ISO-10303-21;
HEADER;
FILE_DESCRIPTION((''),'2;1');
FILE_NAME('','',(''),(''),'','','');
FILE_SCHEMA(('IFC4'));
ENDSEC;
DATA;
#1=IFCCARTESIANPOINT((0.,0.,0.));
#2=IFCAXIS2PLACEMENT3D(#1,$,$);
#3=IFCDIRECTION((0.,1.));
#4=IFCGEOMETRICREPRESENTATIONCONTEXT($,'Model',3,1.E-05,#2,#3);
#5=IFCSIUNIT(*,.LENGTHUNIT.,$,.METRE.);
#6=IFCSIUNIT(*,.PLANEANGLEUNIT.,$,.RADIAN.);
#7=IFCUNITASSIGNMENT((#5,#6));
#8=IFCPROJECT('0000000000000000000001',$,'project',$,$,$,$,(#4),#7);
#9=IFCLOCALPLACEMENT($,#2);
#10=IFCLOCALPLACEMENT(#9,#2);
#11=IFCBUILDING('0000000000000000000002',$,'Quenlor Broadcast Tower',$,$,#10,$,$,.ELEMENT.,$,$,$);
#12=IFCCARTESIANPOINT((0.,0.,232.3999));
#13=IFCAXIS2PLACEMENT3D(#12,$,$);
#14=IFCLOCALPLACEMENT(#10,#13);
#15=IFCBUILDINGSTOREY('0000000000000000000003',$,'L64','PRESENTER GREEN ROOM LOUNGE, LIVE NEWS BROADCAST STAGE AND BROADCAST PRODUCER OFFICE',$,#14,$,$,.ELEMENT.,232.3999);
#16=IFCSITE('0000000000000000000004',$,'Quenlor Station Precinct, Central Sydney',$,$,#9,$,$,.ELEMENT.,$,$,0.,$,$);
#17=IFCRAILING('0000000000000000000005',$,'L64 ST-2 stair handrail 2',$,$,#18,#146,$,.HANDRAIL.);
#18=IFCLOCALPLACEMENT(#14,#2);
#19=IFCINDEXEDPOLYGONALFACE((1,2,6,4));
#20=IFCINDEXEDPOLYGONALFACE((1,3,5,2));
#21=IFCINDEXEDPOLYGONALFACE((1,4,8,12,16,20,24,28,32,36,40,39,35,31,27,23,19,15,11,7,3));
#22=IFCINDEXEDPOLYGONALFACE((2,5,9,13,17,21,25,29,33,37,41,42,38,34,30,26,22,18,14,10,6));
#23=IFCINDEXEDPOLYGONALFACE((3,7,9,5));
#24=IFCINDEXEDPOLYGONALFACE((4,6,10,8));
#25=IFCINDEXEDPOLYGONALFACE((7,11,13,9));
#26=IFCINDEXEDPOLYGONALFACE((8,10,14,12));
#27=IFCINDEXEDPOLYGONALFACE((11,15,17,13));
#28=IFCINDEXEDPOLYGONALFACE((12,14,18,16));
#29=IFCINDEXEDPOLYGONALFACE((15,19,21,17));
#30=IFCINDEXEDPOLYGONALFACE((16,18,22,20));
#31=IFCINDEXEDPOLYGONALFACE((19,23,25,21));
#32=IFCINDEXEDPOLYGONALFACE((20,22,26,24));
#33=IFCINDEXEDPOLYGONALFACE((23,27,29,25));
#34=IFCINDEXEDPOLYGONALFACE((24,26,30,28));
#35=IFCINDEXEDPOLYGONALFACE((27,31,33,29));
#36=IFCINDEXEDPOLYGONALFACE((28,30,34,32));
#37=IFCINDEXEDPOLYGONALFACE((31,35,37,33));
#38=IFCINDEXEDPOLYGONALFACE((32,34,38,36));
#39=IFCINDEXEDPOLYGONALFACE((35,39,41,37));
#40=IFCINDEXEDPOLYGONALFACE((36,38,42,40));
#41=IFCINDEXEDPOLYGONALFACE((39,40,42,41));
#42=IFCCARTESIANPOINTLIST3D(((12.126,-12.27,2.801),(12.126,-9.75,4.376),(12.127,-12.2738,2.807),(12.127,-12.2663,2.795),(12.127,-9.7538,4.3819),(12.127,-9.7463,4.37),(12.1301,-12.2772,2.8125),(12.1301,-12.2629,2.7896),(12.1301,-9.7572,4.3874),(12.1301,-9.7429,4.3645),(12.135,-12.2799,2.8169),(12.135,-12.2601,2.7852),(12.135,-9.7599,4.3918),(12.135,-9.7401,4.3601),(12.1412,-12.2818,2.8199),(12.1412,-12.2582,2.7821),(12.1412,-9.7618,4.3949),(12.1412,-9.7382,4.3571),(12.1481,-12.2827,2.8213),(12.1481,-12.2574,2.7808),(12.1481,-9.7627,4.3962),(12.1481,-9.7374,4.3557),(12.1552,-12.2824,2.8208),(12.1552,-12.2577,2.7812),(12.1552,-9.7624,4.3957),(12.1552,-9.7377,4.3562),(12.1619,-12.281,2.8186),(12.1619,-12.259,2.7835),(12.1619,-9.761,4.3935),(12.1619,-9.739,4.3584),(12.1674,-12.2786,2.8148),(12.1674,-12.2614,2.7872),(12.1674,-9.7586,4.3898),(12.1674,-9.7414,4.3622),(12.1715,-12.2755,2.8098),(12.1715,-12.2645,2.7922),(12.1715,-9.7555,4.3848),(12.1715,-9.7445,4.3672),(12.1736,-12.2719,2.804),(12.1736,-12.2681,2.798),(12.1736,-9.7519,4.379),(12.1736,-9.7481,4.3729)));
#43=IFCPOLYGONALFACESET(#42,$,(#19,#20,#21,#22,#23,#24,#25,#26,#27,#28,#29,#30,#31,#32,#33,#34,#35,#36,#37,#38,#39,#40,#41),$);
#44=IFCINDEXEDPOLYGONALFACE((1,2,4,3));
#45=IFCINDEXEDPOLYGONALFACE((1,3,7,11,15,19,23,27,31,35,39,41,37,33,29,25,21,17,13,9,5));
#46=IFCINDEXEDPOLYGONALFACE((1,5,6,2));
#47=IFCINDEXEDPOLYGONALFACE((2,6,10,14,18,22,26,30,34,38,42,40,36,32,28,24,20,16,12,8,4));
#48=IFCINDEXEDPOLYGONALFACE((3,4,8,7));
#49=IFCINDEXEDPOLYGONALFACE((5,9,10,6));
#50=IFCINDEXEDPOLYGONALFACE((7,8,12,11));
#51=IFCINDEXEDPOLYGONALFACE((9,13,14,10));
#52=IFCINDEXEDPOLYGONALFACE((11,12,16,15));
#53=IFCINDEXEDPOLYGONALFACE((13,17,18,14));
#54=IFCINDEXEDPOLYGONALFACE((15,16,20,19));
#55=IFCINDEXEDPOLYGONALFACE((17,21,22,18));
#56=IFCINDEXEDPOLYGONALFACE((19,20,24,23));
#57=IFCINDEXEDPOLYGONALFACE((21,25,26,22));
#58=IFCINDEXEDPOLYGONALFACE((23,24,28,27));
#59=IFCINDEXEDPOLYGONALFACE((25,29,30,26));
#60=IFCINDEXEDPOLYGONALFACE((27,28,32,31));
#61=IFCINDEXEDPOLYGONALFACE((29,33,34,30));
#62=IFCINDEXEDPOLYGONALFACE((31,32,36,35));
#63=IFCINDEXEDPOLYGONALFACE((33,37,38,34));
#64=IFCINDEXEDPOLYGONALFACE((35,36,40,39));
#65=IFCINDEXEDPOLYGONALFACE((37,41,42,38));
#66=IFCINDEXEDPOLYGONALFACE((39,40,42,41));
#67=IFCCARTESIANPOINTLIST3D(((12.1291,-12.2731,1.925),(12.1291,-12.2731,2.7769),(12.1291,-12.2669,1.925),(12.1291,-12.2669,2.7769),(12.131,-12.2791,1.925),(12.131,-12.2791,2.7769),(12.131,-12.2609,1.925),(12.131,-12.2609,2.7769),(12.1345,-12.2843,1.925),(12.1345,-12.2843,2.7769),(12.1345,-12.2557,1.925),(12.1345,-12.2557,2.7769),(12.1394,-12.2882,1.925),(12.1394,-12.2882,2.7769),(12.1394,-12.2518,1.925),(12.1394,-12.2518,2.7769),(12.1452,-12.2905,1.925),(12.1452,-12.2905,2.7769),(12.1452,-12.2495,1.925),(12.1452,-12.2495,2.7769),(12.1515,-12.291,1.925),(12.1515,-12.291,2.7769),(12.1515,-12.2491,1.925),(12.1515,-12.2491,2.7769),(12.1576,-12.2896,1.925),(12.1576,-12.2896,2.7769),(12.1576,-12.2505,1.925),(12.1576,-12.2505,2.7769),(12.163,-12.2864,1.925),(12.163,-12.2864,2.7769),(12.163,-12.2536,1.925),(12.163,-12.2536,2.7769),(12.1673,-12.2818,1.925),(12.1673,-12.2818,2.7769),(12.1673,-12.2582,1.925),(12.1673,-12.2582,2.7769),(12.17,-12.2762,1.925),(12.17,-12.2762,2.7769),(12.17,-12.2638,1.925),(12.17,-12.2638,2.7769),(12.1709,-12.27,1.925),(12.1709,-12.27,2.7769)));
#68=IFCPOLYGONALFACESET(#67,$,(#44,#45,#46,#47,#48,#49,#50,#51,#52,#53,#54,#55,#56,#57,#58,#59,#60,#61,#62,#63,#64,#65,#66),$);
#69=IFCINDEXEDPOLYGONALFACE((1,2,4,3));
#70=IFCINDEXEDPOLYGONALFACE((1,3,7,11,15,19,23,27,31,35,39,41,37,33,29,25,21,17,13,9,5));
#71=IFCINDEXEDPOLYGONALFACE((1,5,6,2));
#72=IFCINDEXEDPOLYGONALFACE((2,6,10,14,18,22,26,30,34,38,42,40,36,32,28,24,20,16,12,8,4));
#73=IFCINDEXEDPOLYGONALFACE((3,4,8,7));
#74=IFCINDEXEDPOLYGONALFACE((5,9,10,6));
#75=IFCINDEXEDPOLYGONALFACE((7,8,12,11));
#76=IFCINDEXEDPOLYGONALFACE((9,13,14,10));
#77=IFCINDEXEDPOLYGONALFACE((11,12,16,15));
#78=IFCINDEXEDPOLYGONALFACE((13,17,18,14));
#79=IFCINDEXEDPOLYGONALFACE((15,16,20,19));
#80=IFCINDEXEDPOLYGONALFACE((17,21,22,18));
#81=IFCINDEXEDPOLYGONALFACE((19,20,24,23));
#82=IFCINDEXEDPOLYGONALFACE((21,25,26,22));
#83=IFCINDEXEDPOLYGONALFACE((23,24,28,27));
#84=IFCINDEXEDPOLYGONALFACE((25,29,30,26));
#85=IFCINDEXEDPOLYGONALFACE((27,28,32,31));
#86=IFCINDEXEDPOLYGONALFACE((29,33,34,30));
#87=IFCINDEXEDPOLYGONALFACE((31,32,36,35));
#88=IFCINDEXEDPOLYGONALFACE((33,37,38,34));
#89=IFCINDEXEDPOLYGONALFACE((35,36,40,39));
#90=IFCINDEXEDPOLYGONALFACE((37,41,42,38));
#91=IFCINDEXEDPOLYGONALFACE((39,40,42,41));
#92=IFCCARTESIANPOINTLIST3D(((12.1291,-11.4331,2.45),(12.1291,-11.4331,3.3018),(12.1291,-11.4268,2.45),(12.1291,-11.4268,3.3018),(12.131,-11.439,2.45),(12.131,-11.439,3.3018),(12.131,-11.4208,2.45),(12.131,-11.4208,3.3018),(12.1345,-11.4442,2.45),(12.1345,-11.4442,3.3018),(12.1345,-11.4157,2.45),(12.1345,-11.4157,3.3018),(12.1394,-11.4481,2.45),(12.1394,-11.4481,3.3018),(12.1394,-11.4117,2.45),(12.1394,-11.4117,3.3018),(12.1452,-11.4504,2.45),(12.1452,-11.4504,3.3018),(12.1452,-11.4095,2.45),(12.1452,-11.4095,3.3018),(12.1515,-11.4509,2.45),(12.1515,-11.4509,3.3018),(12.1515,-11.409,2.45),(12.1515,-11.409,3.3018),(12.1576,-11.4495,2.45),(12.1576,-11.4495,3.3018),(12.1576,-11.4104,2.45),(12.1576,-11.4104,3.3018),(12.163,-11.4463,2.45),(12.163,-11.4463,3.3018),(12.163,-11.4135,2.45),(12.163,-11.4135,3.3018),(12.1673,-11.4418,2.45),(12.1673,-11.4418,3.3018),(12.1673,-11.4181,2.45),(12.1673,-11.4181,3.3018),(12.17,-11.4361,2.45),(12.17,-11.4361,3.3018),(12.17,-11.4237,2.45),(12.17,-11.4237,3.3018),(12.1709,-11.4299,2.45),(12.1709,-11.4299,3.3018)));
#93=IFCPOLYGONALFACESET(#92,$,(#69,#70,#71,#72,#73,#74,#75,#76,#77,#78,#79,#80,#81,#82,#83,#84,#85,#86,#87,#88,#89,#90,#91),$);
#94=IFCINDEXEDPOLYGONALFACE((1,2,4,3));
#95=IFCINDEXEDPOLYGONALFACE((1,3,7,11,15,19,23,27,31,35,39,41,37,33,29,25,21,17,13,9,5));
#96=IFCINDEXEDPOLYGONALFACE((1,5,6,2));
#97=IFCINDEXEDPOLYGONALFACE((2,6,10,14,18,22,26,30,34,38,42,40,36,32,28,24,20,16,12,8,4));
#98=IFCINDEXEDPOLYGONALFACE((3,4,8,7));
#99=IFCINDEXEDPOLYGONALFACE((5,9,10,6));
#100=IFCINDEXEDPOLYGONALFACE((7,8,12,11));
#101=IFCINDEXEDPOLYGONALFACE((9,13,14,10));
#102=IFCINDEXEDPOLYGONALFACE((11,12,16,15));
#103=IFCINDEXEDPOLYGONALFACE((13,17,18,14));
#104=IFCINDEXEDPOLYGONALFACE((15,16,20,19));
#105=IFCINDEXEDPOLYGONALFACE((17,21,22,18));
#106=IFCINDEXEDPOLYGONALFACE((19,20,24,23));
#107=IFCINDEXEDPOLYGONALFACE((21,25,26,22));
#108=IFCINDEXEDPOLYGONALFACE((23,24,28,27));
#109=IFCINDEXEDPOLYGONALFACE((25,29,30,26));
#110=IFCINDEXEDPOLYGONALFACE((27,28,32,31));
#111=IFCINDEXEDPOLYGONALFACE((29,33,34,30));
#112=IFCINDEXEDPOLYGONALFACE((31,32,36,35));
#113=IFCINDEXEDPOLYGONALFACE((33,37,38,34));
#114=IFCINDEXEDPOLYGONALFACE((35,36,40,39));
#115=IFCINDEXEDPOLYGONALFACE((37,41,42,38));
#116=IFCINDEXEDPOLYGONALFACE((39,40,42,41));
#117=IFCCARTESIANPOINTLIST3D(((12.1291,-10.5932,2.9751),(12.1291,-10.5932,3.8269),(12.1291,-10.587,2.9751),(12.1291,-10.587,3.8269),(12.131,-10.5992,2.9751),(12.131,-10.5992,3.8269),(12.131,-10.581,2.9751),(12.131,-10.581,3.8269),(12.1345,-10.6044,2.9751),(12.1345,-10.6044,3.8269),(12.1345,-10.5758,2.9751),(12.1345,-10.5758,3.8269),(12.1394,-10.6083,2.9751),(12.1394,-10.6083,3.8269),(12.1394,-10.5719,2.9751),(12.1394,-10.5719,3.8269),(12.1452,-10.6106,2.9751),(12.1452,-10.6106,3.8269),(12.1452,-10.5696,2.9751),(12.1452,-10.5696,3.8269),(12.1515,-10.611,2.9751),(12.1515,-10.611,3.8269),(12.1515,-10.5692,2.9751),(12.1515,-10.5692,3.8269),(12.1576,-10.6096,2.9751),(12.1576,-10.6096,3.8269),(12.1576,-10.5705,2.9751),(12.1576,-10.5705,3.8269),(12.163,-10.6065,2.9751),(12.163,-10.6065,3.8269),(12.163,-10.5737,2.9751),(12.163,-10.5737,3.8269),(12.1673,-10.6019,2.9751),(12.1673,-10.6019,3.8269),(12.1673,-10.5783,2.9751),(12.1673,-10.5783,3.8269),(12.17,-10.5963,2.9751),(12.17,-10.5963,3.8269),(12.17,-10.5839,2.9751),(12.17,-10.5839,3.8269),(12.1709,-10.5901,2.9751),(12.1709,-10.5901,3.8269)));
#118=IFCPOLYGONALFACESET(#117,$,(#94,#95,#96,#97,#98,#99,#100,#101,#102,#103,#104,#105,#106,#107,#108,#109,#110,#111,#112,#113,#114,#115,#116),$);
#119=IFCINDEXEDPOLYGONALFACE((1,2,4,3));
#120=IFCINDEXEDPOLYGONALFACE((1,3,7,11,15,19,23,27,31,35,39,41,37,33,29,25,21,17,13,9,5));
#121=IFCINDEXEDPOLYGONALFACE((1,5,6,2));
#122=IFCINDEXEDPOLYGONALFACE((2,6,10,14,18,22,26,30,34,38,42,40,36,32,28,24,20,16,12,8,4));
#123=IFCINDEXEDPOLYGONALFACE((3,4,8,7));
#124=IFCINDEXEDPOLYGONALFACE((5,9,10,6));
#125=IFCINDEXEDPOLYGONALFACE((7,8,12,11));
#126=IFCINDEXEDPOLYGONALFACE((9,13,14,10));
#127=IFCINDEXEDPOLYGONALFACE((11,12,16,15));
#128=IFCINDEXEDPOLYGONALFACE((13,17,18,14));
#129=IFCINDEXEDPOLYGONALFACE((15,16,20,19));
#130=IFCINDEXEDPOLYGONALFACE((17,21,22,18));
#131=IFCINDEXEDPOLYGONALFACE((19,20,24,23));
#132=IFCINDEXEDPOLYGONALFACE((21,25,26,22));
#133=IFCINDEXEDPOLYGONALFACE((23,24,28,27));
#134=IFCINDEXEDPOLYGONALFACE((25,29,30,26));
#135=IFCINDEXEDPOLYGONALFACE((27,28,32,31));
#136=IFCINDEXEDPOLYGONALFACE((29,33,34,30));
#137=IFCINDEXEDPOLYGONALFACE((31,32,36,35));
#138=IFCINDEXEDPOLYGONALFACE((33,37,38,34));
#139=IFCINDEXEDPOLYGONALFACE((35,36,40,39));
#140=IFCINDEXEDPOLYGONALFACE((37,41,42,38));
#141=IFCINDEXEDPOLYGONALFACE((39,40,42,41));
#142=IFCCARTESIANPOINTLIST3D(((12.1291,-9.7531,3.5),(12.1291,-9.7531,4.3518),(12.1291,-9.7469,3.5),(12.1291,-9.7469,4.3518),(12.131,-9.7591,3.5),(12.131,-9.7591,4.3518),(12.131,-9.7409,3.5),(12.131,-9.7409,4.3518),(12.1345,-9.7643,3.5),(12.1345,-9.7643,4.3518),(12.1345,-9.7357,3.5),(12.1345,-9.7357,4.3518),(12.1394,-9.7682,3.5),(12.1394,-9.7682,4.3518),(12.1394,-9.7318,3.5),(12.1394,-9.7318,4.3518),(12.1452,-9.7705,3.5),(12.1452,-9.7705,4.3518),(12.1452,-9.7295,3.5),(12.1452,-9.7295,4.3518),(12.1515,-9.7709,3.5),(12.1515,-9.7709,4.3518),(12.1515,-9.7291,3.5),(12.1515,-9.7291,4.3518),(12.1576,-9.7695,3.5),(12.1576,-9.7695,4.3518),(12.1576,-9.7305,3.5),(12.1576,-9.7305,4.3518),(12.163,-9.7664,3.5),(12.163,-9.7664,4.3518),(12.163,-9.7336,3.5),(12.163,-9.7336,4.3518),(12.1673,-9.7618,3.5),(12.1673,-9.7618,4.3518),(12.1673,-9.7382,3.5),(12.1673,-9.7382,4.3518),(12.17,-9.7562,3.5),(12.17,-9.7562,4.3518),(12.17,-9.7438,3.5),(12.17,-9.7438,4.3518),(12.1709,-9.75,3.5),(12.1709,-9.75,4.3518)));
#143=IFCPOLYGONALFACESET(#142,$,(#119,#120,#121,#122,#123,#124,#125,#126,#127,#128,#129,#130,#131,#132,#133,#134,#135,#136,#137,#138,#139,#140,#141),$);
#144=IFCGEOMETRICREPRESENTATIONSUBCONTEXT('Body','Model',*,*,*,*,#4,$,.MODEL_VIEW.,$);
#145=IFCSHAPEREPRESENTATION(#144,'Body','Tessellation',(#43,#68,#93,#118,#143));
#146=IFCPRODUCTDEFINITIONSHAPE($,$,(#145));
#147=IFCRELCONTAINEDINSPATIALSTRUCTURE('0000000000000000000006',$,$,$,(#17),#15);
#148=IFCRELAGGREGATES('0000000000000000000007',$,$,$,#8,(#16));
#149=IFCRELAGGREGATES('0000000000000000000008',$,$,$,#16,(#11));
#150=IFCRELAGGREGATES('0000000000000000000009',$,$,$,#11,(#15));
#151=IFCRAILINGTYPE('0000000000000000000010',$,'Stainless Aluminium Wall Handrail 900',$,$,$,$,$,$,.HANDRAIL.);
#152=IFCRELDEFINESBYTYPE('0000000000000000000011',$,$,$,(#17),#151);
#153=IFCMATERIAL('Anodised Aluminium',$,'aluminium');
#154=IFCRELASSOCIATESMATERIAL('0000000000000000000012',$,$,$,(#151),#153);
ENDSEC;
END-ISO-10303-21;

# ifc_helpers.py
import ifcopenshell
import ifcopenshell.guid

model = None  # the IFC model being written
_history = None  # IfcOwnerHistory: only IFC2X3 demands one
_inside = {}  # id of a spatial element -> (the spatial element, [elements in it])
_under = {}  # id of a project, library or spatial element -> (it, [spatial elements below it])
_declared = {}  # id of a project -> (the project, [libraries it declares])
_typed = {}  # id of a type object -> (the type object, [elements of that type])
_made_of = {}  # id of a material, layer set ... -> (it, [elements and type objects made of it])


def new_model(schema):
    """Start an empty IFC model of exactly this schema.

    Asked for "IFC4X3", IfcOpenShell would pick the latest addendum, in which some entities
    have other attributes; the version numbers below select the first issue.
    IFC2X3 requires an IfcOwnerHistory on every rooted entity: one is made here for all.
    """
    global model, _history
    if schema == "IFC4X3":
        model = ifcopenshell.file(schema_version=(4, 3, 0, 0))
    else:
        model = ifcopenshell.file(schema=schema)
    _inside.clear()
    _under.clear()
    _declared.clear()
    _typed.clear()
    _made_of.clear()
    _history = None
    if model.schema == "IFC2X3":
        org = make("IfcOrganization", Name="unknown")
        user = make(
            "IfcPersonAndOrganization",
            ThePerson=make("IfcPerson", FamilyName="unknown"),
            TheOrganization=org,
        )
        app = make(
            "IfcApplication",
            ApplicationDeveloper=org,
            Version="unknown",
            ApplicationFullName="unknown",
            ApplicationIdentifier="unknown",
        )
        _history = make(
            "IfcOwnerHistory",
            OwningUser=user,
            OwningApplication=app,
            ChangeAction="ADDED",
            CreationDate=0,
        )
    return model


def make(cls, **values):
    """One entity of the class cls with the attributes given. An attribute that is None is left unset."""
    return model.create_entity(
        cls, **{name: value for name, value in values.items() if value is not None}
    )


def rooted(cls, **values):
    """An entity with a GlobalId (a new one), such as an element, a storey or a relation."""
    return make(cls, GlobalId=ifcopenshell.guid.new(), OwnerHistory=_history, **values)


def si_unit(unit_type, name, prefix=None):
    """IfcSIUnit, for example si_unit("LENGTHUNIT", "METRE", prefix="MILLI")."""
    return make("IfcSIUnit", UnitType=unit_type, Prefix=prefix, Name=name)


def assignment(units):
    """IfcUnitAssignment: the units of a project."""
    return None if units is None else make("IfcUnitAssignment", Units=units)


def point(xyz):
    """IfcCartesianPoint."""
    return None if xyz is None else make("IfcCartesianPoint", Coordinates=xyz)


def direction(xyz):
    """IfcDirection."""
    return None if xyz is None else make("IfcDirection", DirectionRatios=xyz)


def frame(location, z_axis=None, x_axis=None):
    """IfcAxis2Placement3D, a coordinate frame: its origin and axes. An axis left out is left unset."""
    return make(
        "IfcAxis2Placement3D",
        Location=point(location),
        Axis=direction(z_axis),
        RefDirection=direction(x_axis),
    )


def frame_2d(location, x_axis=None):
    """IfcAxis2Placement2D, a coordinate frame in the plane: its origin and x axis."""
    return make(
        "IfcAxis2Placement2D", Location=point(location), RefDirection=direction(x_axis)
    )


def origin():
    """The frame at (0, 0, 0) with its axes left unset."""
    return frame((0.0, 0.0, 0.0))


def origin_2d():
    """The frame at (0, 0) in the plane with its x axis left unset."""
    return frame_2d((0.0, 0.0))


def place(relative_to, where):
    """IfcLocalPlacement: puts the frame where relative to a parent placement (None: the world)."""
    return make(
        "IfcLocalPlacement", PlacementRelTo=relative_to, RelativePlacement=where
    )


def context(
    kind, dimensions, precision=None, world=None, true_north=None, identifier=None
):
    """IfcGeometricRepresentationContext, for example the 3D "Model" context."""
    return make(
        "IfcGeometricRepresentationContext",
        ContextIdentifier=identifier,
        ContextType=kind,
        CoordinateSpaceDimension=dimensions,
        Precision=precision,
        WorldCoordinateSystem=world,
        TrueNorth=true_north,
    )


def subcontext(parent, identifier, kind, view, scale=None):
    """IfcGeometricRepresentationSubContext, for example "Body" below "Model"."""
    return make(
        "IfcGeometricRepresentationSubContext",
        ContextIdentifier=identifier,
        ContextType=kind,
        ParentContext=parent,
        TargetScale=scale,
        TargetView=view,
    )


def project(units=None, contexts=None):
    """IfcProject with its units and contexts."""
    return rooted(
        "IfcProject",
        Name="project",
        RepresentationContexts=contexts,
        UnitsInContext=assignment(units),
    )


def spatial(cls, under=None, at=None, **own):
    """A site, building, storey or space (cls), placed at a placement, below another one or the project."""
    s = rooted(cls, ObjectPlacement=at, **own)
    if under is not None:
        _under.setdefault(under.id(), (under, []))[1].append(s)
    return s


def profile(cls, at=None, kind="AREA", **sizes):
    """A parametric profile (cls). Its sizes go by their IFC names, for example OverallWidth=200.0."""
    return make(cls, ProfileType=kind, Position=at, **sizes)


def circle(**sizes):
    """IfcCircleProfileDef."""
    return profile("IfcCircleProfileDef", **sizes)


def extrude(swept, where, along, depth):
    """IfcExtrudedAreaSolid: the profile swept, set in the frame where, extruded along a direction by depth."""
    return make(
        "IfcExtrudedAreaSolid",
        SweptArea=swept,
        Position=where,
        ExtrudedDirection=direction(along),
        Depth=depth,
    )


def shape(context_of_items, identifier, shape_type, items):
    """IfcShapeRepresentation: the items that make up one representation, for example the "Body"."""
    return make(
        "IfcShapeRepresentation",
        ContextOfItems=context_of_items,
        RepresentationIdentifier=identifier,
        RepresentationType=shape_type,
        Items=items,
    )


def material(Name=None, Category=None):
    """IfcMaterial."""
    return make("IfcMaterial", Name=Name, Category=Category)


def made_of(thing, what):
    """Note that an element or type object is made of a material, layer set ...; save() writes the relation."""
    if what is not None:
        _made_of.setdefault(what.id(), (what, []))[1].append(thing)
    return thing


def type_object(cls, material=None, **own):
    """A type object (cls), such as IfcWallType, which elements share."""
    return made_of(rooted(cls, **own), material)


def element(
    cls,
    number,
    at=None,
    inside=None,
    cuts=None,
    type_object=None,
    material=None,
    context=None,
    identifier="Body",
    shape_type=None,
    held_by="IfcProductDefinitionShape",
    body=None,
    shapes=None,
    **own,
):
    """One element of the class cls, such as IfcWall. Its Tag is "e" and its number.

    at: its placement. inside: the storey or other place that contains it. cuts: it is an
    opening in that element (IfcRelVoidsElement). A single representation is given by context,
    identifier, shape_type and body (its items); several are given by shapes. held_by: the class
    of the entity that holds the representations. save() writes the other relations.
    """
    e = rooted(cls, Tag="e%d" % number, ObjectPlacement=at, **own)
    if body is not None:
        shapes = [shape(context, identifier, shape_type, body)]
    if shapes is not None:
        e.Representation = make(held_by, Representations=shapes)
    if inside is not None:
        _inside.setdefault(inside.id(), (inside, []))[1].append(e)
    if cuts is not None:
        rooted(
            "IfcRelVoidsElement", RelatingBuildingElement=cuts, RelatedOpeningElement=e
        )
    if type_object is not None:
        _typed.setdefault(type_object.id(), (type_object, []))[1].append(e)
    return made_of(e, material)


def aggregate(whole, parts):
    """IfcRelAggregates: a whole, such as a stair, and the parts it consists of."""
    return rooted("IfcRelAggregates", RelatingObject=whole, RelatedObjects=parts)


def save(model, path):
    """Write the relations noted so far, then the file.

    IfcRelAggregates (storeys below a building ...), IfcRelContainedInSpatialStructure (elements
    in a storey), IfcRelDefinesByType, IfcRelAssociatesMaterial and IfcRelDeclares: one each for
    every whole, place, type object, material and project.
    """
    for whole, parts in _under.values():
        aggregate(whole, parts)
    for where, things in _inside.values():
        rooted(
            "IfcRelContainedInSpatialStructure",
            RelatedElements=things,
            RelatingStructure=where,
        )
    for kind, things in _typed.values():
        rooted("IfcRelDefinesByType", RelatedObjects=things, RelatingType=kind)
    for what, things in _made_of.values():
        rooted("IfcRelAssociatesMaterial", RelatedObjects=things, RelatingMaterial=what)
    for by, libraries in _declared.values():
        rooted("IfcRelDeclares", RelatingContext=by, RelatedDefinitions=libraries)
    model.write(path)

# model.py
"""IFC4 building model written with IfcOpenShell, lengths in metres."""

from ifc_helpers import new_model, si_unit, direction, frame, origin, origin_2d, place, context, subcontext, project, spatial, circle, extrude, material, type_object, element, save


model = new_model("IFC4")

# Units and contexts
model_context = context("Model", 3, precision=1e-05, world=origin(), true_north=direction((0.0, 1.0)))
body_context = subcontext(model_context, "Body", "Model", "MODEL_VIEW")
ifc_project = project(units=[si_unit("LENGTHUNIT", "METRE"), si_unit("PLANEANGLEUNIT", "RADIAN")], contexts=[model_context])

# Site, building, storey
site_placement = place(None, origin())
site = spatial("IfcSite", under=ifc_project, at=site_placement, Name="Quenlor Station Precinct, Central Sydney", CompositionType="ELEMENT", RefElevation=0.0)
building_placement = place(site_placement, origin())
building = spatial("IfcBuilding", under=site, at=building_placement, Name="Quenlor Broadcast Tower", CompositionType="ELEMENT")
storey_placement = place(building_placement, frame((0.0, 0.0, 232.3999)))
storey = spatial("IfcBuildingStorey", under=building, at=storey_placement, Name="L64", Description="PRESENTER GREEN ROOM LOUNGE, LIVE NEWS BROADCAST STAGE AND BROADCAST PRODUCER OFFICE", CompositionType="ELEMENT", Elevation=232.3999)

# Railing
ifc_material_1 = material(Name="Anodised Aluminium", Category="aluminium")
railing_type_1 = type_object("IfcRailingType", Name="Stainless Aluminium Wall Handrail 900", PredefinedType="HANDRAIL", material=ifc_material_1)
railing_1_placement = place(storey_placement, frame((12.1499, -12.27, 1.925)))
element("IfcRailing", 1, at=railing_1_placement, inside=storey, type_object=railing_type_1, Name="L64 ST-2 stair handrail 2", PredefinedType="HANDRAIL", context=body_context, shape_type="SweptSolid", body=[
    extrude(circle(Radius=0.0239, at=origin_2d()), frame((0.0, 0.0, 0.876), z_axis=(0.0, 0.848008, 0.529984), x_axis=(-1.0, 0.0, 0.0)), (0.0, 0.0, 1.0), 2.9717),
    extrude(circle(Radius=0.021, at=origin_2d()), origin(), (0.0, 0.0, 1.0), 0.8518),
    extrude(circle(Radius=0.021, at=origin_2d()), frame((0.0, 0.8401, 0.5249)), (0.0, 0.0, 1.0), 0.8518),
    extrude(circle(Radius=0.021, at=origin_2d()), frame((0.0, 1.6799, 1.05)), (0.0, 0.0, 1.0), 0.8518),
    extrude(circle(Radius=0.021, at=origin_2d()), frame((0.0, 2.52, 1.575)), (0.0, 0.0, 1.0), 0.8518),
])

save(model, "model.ifc")
